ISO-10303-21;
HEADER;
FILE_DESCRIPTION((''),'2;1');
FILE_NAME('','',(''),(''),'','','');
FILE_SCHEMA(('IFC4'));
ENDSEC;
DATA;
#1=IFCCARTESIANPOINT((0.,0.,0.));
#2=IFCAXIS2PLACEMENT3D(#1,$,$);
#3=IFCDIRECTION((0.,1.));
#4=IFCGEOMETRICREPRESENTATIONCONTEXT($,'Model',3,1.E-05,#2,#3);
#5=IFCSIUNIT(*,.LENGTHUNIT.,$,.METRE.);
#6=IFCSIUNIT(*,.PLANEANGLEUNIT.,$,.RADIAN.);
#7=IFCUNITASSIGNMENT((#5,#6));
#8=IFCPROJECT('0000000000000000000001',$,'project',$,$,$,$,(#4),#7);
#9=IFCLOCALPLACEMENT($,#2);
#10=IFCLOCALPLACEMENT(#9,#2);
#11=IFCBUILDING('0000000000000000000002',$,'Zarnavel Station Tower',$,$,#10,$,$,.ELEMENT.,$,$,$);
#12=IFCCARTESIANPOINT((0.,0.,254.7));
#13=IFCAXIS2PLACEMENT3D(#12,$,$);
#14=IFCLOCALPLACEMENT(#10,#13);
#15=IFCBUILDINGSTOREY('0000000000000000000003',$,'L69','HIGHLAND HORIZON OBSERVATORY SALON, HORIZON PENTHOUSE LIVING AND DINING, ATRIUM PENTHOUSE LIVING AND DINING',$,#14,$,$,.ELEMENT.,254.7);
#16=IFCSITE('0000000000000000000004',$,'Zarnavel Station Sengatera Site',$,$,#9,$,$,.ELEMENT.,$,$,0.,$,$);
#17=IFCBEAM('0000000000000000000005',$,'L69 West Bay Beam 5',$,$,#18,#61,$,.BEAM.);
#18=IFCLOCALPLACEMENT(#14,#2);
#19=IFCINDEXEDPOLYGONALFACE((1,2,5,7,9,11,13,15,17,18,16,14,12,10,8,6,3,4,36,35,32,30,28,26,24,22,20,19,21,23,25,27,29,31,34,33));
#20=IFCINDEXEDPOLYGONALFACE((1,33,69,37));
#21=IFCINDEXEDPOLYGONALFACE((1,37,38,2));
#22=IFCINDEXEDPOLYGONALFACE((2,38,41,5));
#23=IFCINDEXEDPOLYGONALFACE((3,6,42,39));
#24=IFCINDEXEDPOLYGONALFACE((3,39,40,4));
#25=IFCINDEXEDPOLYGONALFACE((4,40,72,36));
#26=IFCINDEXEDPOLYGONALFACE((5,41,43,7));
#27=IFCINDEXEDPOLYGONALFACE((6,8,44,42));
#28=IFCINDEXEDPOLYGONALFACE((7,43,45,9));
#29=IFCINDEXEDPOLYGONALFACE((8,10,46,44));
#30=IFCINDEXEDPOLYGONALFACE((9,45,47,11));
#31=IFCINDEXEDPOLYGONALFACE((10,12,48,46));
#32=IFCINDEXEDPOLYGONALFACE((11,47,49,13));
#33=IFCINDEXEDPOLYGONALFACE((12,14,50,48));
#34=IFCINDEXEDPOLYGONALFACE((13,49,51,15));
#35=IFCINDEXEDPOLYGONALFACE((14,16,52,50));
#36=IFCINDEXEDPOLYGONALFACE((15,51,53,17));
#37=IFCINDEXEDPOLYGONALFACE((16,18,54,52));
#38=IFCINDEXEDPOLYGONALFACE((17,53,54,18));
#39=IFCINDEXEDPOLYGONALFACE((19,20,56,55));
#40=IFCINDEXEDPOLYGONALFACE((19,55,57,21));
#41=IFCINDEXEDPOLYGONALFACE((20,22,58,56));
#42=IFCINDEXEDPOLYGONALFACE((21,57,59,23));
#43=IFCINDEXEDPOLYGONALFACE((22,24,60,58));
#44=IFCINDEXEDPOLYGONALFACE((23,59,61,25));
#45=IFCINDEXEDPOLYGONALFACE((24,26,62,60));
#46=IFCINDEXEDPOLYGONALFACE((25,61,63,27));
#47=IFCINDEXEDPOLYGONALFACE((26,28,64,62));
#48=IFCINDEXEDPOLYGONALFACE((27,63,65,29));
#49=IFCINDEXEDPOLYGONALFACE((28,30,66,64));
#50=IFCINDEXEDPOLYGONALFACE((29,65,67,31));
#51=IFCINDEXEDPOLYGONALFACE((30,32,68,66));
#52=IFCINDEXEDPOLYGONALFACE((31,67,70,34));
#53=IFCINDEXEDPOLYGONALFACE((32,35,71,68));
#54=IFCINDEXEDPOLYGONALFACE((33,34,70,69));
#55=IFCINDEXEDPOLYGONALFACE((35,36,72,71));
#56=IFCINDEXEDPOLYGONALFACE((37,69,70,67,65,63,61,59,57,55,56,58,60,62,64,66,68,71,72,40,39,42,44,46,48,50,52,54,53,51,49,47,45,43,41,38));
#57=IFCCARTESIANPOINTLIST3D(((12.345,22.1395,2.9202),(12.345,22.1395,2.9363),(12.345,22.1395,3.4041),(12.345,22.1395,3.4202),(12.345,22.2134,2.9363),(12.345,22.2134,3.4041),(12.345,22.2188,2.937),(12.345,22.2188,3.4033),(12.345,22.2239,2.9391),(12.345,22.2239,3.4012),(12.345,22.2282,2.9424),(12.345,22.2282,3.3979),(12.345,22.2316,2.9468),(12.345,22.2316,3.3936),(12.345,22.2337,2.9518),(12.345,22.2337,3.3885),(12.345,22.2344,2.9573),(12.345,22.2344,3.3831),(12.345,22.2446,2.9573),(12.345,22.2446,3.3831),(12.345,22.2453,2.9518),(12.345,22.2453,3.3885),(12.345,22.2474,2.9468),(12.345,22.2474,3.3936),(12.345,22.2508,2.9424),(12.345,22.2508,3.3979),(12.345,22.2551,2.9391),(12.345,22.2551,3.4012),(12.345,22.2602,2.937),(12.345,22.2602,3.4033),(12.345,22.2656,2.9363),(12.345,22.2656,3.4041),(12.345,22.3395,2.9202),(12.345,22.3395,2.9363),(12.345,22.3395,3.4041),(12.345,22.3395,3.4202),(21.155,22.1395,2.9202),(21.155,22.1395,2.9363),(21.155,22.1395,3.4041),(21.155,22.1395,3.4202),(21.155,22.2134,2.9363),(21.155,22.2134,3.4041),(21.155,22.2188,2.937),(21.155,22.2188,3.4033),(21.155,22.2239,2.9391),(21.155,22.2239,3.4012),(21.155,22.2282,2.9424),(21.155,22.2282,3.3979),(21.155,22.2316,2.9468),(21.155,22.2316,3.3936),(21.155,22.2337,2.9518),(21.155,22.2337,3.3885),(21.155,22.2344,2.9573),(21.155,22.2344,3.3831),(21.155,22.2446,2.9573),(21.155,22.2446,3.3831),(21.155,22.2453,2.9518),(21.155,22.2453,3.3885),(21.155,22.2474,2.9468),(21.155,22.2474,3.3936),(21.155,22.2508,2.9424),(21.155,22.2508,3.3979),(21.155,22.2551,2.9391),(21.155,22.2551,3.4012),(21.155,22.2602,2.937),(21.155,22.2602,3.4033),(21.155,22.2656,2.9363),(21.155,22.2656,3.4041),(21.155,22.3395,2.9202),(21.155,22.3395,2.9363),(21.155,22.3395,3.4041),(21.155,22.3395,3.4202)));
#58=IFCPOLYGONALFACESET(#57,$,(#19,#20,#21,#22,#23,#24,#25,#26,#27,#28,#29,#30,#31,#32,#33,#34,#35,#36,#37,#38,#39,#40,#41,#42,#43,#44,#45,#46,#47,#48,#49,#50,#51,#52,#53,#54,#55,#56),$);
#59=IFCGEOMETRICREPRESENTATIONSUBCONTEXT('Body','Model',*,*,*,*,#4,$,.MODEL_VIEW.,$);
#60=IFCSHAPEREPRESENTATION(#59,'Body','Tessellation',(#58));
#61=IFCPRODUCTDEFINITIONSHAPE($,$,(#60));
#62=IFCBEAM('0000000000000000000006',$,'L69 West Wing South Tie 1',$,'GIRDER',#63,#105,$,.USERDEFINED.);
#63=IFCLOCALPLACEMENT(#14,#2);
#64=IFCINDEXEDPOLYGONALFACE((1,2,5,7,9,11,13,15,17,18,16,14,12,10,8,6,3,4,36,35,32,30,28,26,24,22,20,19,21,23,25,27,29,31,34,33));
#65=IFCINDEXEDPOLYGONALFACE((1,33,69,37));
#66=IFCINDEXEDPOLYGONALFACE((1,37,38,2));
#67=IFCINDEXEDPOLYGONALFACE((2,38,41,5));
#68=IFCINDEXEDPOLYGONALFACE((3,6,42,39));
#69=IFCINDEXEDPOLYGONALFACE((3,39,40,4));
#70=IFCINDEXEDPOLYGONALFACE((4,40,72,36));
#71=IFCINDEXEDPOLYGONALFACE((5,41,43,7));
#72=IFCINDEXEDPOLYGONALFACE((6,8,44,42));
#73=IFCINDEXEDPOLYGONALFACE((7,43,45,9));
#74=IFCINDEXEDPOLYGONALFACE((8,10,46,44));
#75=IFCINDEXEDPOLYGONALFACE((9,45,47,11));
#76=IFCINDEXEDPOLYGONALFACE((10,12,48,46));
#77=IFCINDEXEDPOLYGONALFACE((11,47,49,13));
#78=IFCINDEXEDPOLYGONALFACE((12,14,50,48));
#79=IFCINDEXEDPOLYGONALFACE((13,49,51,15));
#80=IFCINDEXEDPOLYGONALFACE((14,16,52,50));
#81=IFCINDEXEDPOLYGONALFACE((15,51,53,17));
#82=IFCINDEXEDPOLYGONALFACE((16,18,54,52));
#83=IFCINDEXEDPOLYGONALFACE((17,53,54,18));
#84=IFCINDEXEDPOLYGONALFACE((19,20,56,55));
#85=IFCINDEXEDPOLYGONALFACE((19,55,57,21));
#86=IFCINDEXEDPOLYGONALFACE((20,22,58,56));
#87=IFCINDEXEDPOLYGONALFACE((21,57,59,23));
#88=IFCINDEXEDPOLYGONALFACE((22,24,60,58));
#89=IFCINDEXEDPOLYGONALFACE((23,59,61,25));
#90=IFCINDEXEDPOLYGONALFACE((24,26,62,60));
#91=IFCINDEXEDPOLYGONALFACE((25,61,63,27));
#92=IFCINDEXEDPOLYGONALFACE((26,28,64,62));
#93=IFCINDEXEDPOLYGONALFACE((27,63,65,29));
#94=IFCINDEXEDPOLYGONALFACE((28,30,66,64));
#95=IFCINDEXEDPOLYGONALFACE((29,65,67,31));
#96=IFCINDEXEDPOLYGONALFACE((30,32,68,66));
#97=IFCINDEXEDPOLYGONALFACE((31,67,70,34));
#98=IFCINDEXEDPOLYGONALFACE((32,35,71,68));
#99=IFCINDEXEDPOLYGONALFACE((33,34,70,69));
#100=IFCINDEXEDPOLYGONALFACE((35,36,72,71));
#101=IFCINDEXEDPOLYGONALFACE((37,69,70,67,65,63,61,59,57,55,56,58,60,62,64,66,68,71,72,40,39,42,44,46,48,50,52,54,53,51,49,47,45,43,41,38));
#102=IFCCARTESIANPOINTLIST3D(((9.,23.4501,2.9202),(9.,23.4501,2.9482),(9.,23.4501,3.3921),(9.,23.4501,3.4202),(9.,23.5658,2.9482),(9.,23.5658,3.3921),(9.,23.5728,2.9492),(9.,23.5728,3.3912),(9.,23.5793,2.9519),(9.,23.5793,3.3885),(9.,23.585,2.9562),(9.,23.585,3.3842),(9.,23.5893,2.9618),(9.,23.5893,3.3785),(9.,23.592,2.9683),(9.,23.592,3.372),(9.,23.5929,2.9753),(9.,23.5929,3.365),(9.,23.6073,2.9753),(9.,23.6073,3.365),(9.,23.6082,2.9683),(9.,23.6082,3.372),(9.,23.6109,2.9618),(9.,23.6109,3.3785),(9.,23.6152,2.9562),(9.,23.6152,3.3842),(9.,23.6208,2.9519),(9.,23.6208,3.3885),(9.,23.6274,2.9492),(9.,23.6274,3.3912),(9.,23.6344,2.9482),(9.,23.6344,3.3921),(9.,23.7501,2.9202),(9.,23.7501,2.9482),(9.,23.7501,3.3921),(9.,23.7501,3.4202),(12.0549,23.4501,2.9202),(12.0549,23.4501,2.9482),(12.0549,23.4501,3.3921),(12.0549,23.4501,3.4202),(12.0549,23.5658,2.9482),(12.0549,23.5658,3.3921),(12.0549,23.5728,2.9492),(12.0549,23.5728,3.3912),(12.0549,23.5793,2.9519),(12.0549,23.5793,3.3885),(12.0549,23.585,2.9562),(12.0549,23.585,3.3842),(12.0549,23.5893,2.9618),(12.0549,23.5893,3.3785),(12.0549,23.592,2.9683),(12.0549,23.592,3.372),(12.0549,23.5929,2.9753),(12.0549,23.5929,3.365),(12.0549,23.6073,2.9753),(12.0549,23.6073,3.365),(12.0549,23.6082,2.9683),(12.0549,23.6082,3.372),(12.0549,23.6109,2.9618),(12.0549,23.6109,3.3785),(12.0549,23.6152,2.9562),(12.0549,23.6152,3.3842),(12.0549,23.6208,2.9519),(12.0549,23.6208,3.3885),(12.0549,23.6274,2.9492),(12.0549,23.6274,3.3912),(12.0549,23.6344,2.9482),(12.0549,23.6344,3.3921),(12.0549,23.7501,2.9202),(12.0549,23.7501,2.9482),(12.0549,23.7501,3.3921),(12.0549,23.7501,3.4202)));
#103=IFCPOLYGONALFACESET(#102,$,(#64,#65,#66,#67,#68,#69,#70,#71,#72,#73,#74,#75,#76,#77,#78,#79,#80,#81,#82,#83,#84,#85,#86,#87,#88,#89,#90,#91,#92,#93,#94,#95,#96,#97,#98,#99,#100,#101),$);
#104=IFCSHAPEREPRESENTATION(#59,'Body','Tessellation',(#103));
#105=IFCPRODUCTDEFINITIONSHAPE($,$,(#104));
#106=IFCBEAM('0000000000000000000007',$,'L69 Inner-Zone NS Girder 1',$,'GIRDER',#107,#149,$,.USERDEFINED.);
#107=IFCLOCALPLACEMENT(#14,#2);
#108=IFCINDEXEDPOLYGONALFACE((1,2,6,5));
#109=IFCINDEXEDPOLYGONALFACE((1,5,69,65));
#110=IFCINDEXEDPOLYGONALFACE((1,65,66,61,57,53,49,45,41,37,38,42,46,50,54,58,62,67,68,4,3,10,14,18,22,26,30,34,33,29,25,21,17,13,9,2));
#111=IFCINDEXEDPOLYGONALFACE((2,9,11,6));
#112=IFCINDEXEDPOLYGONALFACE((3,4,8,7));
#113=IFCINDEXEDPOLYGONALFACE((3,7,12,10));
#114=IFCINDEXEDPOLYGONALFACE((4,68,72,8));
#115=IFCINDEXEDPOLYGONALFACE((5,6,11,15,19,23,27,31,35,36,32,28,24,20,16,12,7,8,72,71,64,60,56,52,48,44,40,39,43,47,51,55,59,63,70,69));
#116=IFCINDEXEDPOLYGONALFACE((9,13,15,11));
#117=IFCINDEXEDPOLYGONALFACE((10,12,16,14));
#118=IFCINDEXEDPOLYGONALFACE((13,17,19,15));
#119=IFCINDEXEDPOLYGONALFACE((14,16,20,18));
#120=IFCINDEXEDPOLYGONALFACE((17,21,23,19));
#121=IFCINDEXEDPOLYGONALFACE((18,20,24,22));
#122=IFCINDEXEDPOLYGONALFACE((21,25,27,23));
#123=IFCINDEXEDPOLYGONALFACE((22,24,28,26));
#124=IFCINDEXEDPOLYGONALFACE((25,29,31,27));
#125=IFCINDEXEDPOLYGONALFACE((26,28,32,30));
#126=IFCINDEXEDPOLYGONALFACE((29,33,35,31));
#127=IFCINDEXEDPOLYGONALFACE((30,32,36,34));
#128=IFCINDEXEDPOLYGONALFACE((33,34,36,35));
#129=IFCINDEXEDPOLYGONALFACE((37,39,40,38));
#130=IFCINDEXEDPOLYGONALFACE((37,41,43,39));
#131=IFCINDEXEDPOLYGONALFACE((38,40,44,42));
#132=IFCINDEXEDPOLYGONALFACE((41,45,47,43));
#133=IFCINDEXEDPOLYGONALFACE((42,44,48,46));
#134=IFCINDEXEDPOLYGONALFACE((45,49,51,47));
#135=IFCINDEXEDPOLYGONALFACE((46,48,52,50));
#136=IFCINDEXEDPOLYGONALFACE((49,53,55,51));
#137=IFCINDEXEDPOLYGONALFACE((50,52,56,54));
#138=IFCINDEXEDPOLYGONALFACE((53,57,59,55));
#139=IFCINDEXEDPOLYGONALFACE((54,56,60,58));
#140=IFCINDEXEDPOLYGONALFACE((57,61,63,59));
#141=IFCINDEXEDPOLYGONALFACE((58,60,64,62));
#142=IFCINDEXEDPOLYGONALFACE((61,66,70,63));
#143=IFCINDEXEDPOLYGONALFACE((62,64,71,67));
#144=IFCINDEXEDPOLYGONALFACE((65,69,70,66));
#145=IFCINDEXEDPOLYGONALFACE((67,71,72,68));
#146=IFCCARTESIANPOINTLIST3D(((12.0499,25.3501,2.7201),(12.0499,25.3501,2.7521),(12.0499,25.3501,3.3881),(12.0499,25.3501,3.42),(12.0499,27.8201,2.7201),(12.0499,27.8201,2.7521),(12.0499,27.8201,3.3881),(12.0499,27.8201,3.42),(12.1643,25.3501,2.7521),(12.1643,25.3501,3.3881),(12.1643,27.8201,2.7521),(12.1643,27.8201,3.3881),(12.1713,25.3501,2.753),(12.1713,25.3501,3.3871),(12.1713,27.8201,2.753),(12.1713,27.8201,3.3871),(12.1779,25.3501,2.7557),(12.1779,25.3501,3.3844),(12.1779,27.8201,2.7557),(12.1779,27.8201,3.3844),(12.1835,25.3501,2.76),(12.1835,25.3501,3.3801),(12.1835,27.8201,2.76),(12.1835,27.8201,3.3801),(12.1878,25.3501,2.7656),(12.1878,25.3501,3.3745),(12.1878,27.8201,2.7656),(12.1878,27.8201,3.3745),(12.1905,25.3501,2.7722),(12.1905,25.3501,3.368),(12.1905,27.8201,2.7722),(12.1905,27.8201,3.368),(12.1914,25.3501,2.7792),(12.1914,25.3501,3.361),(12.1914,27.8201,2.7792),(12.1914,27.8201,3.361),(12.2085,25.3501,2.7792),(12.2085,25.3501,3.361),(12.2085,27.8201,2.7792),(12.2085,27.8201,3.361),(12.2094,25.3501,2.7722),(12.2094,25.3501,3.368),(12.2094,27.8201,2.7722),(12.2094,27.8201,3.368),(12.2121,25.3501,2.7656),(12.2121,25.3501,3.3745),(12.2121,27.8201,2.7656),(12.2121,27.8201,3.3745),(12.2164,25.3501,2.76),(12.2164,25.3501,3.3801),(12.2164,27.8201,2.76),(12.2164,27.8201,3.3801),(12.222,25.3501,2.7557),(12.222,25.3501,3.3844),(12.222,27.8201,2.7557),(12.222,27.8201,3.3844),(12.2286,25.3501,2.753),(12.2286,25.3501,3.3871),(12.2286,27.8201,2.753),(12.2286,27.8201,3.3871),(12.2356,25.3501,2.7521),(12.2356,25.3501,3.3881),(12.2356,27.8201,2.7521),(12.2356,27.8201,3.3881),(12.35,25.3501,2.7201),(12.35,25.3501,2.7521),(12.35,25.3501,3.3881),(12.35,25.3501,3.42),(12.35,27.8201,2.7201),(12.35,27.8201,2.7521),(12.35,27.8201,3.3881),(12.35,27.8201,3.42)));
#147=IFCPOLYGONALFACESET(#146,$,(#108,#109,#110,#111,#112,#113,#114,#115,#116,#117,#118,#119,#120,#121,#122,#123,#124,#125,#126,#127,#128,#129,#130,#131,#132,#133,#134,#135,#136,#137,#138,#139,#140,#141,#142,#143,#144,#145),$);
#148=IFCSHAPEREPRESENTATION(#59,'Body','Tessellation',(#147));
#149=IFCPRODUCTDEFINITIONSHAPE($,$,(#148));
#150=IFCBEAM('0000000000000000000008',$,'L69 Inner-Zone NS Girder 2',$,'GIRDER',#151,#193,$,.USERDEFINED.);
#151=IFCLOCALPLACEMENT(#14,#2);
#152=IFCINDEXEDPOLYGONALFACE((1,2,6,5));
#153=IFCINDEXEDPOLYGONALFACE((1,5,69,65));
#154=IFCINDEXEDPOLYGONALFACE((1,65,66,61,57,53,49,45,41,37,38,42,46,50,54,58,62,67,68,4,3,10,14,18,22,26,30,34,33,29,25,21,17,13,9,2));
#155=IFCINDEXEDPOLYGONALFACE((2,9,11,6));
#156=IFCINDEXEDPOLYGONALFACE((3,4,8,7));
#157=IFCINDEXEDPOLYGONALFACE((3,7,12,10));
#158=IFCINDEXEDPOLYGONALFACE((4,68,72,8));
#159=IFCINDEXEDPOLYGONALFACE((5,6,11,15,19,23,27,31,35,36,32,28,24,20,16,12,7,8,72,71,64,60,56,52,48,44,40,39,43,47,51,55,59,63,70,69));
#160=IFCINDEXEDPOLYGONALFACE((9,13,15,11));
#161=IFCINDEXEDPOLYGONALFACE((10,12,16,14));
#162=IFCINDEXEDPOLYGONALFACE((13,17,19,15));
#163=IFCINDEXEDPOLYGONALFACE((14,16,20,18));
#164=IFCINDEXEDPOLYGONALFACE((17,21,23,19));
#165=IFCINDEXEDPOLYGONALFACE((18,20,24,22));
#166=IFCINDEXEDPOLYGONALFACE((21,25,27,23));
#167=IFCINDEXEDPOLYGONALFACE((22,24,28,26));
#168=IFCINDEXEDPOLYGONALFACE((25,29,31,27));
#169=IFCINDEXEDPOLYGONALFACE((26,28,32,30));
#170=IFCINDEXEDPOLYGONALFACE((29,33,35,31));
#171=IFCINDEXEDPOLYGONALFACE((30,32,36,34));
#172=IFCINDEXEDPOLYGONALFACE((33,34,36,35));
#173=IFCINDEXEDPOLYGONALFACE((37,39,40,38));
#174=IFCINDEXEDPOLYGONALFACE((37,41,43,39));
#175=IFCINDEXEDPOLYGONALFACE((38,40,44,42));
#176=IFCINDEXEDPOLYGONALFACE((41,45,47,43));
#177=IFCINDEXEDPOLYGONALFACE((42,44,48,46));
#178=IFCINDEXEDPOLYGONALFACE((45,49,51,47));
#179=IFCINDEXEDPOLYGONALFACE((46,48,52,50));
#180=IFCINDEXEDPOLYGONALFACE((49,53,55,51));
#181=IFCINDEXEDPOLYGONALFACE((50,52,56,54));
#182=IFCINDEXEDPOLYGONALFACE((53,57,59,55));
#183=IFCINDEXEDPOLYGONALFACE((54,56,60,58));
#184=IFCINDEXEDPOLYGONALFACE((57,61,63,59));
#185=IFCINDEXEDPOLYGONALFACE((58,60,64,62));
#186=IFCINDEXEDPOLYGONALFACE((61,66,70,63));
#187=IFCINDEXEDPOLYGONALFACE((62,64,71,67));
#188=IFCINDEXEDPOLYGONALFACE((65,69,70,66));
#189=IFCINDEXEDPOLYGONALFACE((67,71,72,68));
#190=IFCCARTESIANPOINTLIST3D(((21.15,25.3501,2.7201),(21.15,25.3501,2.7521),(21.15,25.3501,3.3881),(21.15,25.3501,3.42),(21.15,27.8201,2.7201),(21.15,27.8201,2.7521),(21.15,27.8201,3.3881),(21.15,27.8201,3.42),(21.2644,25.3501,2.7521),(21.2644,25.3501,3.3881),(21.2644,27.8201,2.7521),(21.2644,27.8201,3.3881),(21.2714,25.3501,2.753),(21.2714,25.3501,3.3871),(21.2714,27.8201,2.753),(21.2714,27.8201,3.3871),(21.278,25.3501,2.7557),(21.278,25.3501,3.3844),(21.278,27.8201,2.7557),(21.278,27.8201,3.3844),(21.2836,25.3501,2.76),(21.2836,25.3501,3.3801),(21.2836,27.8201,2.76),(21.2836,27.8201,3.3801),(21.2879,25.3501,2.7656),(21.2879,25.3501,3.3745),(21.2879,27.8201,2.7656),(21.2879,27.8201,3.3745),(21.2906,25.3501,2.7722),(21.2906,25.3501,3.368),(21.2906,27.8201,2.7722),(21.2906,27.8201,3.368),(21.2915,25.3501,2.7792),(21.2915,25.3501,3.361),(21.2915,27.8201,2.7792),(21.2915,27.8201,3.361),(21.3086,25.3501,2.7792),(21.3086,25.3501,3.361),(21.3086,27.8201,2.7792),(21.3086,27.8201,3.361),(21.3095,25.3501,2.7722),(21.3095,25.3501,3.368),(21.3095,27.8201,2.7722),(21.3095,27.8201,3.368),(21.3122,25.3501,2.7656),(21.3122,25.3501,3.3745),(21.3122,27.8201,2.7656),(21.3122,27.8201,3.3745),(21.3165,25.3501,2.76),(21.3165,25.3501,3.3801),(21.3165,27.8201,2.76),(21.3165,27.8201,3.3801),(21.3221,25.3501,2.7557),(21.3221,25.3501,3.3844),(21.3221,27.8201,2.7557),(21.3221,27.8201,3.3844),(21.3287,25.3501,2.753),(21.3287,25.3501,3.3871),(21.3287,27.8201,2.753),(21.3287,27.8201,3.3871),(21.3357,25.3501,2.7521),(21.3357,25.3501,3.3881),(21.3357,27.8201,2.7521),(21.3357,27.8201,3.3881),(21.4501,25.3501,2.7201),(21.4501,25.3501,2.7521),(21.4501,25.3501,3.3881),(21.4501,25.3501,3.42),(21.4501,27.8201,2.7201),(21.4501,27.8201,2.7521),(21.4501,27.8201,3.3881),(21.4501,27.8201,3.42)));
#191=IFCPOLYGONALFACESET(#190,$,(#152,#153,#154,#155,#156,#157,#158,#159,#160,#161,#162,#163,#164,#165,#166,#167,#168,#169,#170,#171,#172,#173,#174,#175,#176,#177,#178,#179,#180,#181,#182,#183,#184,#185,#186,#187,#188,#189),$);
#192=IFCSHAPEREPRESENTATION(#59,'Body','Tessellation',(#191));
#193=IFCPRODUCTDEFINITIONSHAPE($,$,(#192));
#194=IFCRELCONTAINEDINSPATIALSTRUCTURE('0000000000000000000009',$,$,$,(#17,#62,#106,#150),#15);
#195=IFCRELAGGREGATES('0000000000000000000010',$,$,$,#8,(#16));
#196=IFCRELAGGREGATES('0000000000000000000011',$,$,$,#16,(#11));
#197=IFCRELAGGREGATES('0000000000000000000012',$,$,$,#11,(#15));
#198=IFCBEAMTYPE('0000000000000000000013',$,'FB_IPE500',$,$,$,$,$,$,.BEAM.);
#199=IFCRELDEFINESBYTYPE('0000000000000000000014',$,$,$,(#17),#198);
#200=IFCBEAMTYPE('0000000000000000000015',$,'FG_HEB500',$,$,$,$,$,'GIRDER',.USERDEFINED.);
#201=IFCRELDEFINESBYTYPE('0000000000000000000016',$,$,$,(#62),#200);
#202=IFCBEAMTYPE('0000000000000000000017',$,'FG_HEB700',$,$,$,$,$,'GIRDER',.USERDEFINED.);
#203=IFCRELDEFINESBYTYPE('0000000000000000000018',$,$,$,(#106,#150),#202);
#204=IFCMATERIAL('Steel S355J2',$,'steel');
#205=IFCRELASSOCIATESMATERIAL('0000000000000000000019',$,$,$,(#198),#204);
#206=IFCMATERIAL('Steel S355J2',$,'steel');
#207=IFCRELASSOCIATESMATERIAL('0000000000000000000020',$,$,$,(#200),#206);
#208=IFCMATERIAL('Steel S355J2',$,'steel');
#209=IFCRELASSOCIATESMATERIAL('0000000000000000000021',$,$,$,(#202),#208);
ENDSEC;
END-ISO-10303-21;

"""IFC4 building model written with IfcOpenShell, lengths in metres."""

from ifc_helpers import new_model, si_unit, direction, frame, origin, origin_2d, place, context, subcontext, project, spatial, i_section, extrude, material, material_profile, profile_set, type_object, element, save


model = new_model("IFC4")

# Units and contexts
model_context = context("Model", 3, precision=1e-05, world=origin(), true_north=direction((0.0, 1.0)))
body_context = subcontext(model_context, "Body", "Model", "MODEL_VIEW")
ifc_project = project(units=[si_unit("LENGTHUNIT", "METRE"), si_unit("PLANEANGLEUNIT", "RADIAN")], contexts=[model_context])

# Site, building, storey
site_placement = place(None, origin())
site = spatial("IfcSite", under=ifc_project, at=site_placement, Name="Zarnavel Station Sengatera Site", CompositionType="ELEMENT", RefElevation=0.0)
building_placement = place(site_placement, origin())
building = spatial("IfcBuilding", under=site, at=building_placement, Name="Zarnavel Station Tower", CompositionType="ELEMENT")
storey_placement = place(building_placement, frame((0.0, 0.0, 254.7)))
storey = spatial("IfcBuildingStorey", under=building, at=storey_placement, Name="L69", Description="HIGHLAND HORIZON OBSERVATORY SALON, HORIZON PENTHOUSE LIVING AND DINING, ATRIUM PENTHOUSE LIVING AND DINING", CompositionType="ELEMENT", Elevation=254.7)

# Beams
ifc_material_1 = material(Name="Steel S355J2", Category="steel")
ifc_material_profile_1 = material_profile(ifc_material_1, i_section(OverallWidth=0.2, OverallDepth=0.5, WebThickness=0.0103, FlangeThickness=0.0161, FilletRadius=0.021, at=origin_2d()), Name="IPE500")
ifc_profile_set_1 = profile_set([ifc_material_profile_1], Name="Steel S355J2")
beam_type_1 = type_object("IfcBeamType", Name="FB_IPE500", PredefinedType="BEAM", material=ifc_profile_set_1)
beam_1_placement = place(storey_placement, frame((12.345, 22.2395, 3.1702), z_axis=(1.0, 0.0, 0.0), x_axis=(0.0, 1.0, 0.0)))
element("IfcBeam", 1, at=beam_1_placement, inside=storey, type_object=beam_type_1, Name="L69 West Bay Beam 5", PredefinedType="BEAM", context=body_context, shape_type="SweptSolid", body=[
    extrude(i_section(OverallWidth=0.2, OverallDepth=0.5, WebThickness=0.0103, FlangeThickness=0.0161, FilletRadius=0.021, at=origin_2d()), origin(), (0.0, 0.0, 1.0), 8.8101),
])
ifc_material_2 = material(Name="Steel S355J2", Category="steel")
ifc_material_profile_2 = material_profile(ifc_material_2, i_section(OverallWidth=0.3, OverallDepth=0.5, WebThickness=0.0144, FlangeThickness=0.0281, FilletRadius=0.0271, at=origin_2d()), Name="HEB500")
ifc_profile_set_2 = profile_set([ifc_material_profile_2], Name="Steel S355J2")
beam_type_2 = type_object("IfcBeamType", Name="FG_HEB500", ElementType="GIRDER", PredefinedType="USERDEFINED", material=ifc_profile_set_2)
beam_2_placement = place(storey_placement, frame((9.0, 23.6001, 3.1702), z_axis=(1.0, 0.0, 0.0), x_axis=(0.0, 1.0, 0.0)))
element("IfcBeam", 2, at=beam_2_placement, inside=storey, type_object=beam_type_2, Name="L69 West Wing South Tie 1", ObjectType="GIRDER", PredefinedType="USERDEFINED", context=body_context, shape_type="SweptSolid", body=[
    extrude(i_section(OverallWidth=0.3, OverallDepth=0.5, WebThickness=0.0144, FlangeThickness=0.0281, FilletRadius=0.0271, at=origin_2d()), origin(), (0.0, 0.0, 1.0), 3.0549),
])
ifc_material_3 = material(Name="Steel S355J2", Category="steel")
ifc_material_profile_3 = material_profile(ifc_material_3, i_section(OverallWidth=0.3, OverallDepth=0.7, WebThickness=0.0171, FlangeThickness=0.032, FilletRadius=0.0271, at=origin_2d()), Name="HEB700")
ifc_profile_set_3 = profile_set([ifc_material_profile_3], Name="Steel S355J2")
beam_type_3 = type_object("IfcBeamType", Name="FG_HEB700", ElementType="GIRDER", PredefinedType="USERDEFINED", material=ifc_profile_set_3)
for number, where, z_axis, x_axis, name in (
    (3, (12.2, 25.3501, 3.0701), (0.0, 1.0, 0.0), (-1.0, 0.0, 0.0), "L69 Inner-Zone NS Girder 1"),
    (4, (21.3, 25.3501, 3.0701), (0.0, 1.0, 0.0), (-1.0, 0.0, 0.0), "L69 Inner-Zone NS Girder 2"),
):
    element("IfcBeam", number, at=place(storey_placement, frame(where, z_axis=z_axis, x_axis=x_axis)), inside=storey, type_object=beam_type_3, Name=name, ObjectType="GIRDER", PredefinedType="USERDEFINED", context=body_context, shape_type="SweptSolid", body=[
        extrude(i_section(OverallWidth=0.3, OverallDepth=0.7, WebThickness=0.0171, FlangeThickness=0.032, FilletRadius=0.0271, at=origin_2d()), origin(), (0.0, 0.0, 1.0), 2.47),
    ])

save(model, "model.ifc")
